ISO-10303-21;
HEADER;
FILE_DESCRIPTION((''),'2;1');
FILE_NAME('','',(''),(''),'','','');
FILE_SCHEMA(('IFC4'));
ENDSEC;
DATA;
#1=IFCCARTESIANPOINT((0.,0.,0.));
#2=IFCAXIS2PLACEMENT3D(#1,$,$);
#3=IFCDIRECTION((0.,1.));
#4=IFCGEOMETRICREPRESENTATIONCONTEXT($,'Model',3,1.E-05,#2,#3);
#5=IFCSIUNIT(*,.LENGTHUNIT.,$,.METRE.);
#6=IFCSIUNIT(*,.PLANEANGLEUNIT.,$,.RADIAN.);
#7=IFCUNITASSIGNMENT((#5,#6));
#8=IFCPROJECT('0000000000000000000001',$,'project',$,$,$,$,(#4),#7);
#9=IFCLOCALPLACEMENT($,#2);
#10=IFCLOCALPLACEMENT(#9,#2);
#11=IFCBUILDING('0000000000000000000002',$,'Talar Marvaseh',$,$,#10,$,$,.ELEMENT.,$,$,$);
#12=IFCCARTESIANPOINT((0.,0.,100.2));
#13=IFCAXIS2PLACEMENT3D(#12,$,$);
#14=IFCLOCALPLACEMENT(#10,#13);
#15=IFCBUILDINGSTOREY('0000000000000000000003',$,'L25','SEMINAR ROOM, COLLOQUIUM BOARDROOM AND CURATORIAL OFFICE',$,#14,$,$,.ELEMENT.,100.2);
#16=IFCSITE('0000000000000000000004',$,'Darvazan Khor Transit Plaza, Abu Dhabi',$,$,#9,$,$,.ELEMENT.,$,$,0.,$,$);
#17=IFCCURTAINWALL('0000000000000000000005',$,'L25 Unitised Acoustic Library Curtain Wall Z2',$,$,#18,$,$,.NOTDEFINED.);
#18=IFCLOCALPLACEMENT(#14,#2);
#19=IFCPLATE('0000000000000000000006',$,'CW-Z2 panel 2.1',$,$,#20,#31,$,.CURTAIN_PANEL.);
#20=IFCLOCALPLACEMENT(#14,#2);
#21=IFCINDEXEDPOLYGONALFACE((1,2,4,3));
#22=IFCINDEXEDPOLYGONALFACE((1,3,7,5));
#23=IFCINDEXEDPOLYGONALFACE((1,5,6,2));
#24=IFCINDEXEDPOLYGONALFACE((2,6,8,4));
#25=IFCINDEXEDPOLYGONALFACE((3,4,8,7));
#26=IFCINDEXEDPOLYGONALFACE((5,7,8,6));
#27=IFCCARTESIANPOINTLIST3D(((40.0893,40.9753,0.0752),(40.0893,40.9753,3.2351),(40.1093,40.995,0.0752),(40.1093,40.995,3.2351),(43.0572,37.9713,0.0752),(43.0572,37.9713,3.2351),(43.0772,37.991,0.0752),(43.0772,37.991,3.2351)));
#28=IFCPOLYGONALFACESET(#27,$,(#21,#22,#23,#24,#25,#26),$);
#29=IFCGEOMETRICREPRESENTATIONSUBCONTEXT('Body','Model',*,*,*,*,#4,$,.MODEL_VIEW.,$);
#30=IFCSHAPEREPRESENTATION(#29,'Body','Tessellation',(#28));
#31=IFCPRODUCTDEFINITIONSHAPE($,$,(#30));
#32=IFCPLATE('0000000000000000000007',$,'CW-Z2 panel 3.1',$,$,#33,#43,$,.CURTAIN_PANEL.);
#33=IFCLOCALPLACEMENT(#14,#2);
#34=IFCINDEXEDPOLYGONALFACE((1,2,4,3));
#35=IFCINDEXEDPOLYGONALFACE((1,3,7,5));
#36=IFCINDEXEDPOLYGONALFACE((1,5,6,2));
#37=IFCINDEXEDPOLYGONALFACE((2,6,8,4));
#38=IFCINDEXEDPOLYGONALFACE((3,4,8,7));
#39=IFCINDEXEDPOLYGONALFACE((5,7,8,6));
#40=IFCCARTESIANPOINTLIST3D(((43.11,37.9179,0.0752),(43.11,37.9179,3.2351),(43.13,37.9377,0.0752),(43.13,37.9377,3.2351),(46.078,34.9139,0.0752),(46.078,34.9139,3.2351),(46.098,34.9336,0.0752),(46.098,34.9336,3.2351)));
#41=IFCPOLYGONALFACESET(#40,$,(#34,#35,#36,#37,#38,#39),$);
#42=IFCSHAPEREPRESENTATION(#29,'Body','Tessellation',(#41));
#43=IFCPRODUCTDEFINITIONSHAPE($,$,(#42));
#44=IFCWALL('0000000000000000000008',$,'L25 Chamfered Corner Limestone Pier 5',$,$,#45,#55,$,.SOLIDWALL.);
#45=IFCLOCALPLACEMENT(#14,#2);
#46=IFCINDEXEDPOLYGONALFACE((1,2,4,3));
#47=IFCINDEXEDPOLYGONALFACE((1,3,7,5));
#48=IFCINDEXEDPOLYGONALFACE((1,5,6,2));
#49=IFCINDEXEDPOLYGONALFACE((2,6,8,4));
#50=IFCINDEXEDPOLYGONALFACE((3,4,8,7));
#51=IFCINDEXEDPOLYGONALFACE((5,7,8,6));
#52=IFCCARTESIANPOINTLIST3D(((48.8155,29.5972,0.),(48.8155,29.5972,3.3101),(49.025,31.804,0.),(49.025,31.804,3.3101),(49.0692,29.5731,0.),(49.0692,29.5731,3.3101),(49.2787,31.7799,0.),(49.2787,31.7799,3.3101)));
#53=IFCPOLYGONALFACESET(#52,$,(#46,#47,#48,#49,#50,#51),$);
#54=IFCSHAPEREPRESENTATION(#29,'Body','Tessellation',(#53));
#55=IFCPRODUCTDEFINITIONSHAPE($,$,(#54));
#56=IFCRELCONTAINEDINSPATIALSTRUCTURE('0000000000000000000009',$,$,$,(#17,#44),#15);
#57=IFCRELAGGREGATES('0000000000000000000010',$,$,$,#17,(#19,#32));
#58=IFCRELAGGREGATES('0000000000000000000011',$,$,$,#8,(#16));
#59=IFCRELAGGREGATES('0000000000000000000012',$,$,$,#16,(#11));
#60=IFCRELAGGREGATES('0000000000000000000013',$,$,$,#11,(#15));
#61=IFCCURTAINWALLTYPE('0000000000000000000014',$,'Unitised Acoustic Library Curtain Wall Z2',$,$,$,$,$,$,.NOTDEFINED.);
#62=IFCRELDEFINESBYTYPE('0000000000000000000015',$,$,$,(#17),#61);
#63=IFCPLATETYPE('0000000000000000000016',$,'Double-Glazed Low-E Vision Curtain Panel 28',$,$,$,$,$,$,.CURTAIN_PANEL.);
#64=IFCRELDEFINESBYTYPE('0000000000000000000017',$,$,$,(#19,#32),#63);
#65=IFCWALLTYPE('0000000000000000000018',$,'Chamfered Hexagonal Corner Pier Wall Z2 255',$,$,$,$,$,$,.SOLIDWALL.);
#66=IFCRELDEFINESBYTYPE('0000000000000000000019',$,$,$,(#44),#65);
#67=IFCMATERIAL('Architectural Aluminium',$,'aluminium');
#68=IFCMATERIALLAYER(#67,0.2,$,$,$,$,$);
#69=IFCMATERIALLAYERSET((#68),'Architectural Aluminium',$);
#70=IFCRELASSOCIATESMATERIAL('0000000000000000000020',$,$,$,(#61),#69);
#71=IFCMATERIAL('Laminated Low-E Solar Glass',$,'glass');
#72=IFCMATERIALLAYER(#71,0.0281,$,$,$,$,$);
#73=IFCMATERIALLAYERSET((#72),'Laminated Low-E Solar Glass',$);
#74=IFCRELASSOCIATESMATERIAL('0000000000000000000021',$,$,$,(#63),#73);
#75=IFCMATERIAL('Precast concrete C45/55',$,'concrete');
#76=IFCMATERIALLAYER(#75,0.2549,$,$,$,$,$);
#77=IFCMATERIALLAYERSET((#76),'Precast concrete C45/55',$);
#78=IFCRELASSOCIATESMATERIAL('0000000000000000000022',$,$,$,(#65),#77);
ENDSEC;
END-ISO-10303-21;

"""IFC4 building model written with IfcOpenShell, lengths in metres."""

from ifc_helpers import new_model, si_unit, direction, frame, frame_2d, origin, origin_2d, place, context, subcontext, project, spatial, rectangle, extrude, source, transform, mapped, material, layer, layer_set, type_object, element, aggregate, save


model = new_model("IFC4")

# Units and contexts
model_context = context("Model", 3, precision=1e-05, world=origin(), true_north=direction((0.0, 1.0)))
body_context = subcontext(model_context, "Body", "Model", "MODEL_VIEW")
ifc_project = project(units=[si_unit("LENGTHUNIT", "METRE"), si_unit("PLANEANGLEUNIT", "RADIAN")], contexts=[model_context])

# Site, building, storey
site_placement = place(None, origin())
site = spatial("IfcSite", under=ifc_project, at=site_placement, Name="Darvazan Khor Transit Plaza, Abu Dhabi", CompositionType="ELEMENT", RefElevation=0.0)
building_placement = place(site_placement, origin())
building = spatial("IfcBuilding", under=site, at=building_placement, Name="Talar Marvaseh", CompositionType="ELEMENT")
storey_placement = place(building_placement, frame((0.0, 0.0, 100.2)))
storey = spatial("IfcBuildingStorey", under=building, at=storey_placement, Name="L25", Description="SEMINAR ROOM, COLLOQUIUM BOARDROOM AND CURATORIAL OFFICE", CompositionType="ELEMENT", Elevation=100.2)

# Curtain wall
ifc_material_1 = material(Name="Architectural Aluminium", Category="aluminium")
ifc_layer_1 = layer(ifc_material_1, 0.2)
ifc_layer_set_1 = layer_set([ifc_layer_1], Name="Architectural Aluminium")
curtain_wall_type = type_object("IfcCurtainWallType", Name="Unitised Acoustic Library Curtain Wall Z2", PredefinedType="NOTDEFINED", material=ifc_layer_set_1)
curtain_wall_1_placement = place(storey_placement, origin())
curtain_wall_1 = element("IfcCurtainWall", 1, at=curtain_wall_1_placement, inside=storey, type_object=curtain_wall_type, Name="L25 Unitised Acoustic Library Curtain Wall Z2", PredefinedType="NOTDEFINED")

# Plates
ifc_material_2 = material(Name="Laminated Low-E Solar Glass", Category="glass")
ifc_layer_2 = layer(ifc_material_2, 0.0281)
ifc_layer_set_2 = layer_set([ifc_layer_2], Name="Laminated Low-E Solar Glass")
plate_type = type_object("IfcPlateType", Name="Double-Glazed Low-E Vision Curtain Panel 28", PredefinedType="CURTAIN_PANEL", material=ifc_layer_set_2)
shared_shape_1 = source(origin(), body_context, "Body", "SweptSolid", [
    extrude(rectangle(XDim=4.2229, YDim=0.0281, at=origin_2d()), origin(), (0.0, 0.0, 1.0), 3.1599),
])
plate_1_placement = place(storey_placement, frame((41.5833, 39.4832, 0.0752), z_axis=(0.0, 0.0, 1.0), x_axis=(0.702821, -0.711366, 0.0)))
plate_1 = element("IfcPlate", 2, at=plate_1_placement, type_object=plate_type, Name="CW-Z2 panel 2.1", PredefinedType="CURTAIN_PANEL", context=body_context, shape_type="MappedRepresentation", body=[
    mapped(shared_shape_1, transform((0.0, 0.0, 0.0), x_axis=(1.0, 0.0, 0.0), y_axis=(0.0, 1.0, 0.0), z_axis=(0.0, 0.0, 1.0), scale=1.0)),
])
plate_2_placement = place(storey_placement, frame((44.604, 36.4258, 0.0752), z_axis=(0.0, 0.0, 1.0), x_axis=(0.702821, -0.711366, 0.0)))
plate_2 = element("IfcPlate", 3, at=plate_2_placement, type_object=plate_type, Name="CW-Z2 panel 3.1", PredefinedType="CURTAIN_PANEL", context=body_context, shape_type="MappedRepresentation", body=[
    mapped(shared_shape_1, transform((0.0, 0.0, 0.0), x_axis=(1.0, 0.0, 0.0), y_axis=(0.0, 1.0, 0.0), z_axis=(0.0, 0.0, 1.0), scale=1.0)),
])
aggregate(curtain_wall_1, [plate_1, plate_2])

# Wall
ifc_material_3 = material(Name="Precast concrete C45/55", Category="concrete")
ifc_layer_3 = layer(ifc_material_3, 0.2549)
ifc_layer_set_3 = layer_set([ifc_layer_3], Name="Precast concrete C45/55")
wall_type = type_object("IfcWallType", Name="Chamfered Hexagonal Corner Pier Wall Z2 255", PredefinedType="SOLIDWALL", material=ifc_layer_set_3)
wall_placement = place(storey_placement, frame((49.1519, 31.792, 0.0), z_axis=(0.0, 0.0, 1.0), x_axis=(-0.094497, -0.995525, 0.0)))
element("IfcWall", 4, at=wall_placement, inside=storey, type_object=wall_type, Name="L25 Chamfered Corner Limestone Pier 5", PredefinedType="SOLIDWALL", context=body_context, shape_type="SweptSolid", body=[
    extrude(rectangle(XDim=2.2168, YDim=0.2549, at=frame_2d((1.1084, 0.0))), origin(), (0.0, 0.0, 1.0), 3.3101),
])

save(model, "model.ifc")
